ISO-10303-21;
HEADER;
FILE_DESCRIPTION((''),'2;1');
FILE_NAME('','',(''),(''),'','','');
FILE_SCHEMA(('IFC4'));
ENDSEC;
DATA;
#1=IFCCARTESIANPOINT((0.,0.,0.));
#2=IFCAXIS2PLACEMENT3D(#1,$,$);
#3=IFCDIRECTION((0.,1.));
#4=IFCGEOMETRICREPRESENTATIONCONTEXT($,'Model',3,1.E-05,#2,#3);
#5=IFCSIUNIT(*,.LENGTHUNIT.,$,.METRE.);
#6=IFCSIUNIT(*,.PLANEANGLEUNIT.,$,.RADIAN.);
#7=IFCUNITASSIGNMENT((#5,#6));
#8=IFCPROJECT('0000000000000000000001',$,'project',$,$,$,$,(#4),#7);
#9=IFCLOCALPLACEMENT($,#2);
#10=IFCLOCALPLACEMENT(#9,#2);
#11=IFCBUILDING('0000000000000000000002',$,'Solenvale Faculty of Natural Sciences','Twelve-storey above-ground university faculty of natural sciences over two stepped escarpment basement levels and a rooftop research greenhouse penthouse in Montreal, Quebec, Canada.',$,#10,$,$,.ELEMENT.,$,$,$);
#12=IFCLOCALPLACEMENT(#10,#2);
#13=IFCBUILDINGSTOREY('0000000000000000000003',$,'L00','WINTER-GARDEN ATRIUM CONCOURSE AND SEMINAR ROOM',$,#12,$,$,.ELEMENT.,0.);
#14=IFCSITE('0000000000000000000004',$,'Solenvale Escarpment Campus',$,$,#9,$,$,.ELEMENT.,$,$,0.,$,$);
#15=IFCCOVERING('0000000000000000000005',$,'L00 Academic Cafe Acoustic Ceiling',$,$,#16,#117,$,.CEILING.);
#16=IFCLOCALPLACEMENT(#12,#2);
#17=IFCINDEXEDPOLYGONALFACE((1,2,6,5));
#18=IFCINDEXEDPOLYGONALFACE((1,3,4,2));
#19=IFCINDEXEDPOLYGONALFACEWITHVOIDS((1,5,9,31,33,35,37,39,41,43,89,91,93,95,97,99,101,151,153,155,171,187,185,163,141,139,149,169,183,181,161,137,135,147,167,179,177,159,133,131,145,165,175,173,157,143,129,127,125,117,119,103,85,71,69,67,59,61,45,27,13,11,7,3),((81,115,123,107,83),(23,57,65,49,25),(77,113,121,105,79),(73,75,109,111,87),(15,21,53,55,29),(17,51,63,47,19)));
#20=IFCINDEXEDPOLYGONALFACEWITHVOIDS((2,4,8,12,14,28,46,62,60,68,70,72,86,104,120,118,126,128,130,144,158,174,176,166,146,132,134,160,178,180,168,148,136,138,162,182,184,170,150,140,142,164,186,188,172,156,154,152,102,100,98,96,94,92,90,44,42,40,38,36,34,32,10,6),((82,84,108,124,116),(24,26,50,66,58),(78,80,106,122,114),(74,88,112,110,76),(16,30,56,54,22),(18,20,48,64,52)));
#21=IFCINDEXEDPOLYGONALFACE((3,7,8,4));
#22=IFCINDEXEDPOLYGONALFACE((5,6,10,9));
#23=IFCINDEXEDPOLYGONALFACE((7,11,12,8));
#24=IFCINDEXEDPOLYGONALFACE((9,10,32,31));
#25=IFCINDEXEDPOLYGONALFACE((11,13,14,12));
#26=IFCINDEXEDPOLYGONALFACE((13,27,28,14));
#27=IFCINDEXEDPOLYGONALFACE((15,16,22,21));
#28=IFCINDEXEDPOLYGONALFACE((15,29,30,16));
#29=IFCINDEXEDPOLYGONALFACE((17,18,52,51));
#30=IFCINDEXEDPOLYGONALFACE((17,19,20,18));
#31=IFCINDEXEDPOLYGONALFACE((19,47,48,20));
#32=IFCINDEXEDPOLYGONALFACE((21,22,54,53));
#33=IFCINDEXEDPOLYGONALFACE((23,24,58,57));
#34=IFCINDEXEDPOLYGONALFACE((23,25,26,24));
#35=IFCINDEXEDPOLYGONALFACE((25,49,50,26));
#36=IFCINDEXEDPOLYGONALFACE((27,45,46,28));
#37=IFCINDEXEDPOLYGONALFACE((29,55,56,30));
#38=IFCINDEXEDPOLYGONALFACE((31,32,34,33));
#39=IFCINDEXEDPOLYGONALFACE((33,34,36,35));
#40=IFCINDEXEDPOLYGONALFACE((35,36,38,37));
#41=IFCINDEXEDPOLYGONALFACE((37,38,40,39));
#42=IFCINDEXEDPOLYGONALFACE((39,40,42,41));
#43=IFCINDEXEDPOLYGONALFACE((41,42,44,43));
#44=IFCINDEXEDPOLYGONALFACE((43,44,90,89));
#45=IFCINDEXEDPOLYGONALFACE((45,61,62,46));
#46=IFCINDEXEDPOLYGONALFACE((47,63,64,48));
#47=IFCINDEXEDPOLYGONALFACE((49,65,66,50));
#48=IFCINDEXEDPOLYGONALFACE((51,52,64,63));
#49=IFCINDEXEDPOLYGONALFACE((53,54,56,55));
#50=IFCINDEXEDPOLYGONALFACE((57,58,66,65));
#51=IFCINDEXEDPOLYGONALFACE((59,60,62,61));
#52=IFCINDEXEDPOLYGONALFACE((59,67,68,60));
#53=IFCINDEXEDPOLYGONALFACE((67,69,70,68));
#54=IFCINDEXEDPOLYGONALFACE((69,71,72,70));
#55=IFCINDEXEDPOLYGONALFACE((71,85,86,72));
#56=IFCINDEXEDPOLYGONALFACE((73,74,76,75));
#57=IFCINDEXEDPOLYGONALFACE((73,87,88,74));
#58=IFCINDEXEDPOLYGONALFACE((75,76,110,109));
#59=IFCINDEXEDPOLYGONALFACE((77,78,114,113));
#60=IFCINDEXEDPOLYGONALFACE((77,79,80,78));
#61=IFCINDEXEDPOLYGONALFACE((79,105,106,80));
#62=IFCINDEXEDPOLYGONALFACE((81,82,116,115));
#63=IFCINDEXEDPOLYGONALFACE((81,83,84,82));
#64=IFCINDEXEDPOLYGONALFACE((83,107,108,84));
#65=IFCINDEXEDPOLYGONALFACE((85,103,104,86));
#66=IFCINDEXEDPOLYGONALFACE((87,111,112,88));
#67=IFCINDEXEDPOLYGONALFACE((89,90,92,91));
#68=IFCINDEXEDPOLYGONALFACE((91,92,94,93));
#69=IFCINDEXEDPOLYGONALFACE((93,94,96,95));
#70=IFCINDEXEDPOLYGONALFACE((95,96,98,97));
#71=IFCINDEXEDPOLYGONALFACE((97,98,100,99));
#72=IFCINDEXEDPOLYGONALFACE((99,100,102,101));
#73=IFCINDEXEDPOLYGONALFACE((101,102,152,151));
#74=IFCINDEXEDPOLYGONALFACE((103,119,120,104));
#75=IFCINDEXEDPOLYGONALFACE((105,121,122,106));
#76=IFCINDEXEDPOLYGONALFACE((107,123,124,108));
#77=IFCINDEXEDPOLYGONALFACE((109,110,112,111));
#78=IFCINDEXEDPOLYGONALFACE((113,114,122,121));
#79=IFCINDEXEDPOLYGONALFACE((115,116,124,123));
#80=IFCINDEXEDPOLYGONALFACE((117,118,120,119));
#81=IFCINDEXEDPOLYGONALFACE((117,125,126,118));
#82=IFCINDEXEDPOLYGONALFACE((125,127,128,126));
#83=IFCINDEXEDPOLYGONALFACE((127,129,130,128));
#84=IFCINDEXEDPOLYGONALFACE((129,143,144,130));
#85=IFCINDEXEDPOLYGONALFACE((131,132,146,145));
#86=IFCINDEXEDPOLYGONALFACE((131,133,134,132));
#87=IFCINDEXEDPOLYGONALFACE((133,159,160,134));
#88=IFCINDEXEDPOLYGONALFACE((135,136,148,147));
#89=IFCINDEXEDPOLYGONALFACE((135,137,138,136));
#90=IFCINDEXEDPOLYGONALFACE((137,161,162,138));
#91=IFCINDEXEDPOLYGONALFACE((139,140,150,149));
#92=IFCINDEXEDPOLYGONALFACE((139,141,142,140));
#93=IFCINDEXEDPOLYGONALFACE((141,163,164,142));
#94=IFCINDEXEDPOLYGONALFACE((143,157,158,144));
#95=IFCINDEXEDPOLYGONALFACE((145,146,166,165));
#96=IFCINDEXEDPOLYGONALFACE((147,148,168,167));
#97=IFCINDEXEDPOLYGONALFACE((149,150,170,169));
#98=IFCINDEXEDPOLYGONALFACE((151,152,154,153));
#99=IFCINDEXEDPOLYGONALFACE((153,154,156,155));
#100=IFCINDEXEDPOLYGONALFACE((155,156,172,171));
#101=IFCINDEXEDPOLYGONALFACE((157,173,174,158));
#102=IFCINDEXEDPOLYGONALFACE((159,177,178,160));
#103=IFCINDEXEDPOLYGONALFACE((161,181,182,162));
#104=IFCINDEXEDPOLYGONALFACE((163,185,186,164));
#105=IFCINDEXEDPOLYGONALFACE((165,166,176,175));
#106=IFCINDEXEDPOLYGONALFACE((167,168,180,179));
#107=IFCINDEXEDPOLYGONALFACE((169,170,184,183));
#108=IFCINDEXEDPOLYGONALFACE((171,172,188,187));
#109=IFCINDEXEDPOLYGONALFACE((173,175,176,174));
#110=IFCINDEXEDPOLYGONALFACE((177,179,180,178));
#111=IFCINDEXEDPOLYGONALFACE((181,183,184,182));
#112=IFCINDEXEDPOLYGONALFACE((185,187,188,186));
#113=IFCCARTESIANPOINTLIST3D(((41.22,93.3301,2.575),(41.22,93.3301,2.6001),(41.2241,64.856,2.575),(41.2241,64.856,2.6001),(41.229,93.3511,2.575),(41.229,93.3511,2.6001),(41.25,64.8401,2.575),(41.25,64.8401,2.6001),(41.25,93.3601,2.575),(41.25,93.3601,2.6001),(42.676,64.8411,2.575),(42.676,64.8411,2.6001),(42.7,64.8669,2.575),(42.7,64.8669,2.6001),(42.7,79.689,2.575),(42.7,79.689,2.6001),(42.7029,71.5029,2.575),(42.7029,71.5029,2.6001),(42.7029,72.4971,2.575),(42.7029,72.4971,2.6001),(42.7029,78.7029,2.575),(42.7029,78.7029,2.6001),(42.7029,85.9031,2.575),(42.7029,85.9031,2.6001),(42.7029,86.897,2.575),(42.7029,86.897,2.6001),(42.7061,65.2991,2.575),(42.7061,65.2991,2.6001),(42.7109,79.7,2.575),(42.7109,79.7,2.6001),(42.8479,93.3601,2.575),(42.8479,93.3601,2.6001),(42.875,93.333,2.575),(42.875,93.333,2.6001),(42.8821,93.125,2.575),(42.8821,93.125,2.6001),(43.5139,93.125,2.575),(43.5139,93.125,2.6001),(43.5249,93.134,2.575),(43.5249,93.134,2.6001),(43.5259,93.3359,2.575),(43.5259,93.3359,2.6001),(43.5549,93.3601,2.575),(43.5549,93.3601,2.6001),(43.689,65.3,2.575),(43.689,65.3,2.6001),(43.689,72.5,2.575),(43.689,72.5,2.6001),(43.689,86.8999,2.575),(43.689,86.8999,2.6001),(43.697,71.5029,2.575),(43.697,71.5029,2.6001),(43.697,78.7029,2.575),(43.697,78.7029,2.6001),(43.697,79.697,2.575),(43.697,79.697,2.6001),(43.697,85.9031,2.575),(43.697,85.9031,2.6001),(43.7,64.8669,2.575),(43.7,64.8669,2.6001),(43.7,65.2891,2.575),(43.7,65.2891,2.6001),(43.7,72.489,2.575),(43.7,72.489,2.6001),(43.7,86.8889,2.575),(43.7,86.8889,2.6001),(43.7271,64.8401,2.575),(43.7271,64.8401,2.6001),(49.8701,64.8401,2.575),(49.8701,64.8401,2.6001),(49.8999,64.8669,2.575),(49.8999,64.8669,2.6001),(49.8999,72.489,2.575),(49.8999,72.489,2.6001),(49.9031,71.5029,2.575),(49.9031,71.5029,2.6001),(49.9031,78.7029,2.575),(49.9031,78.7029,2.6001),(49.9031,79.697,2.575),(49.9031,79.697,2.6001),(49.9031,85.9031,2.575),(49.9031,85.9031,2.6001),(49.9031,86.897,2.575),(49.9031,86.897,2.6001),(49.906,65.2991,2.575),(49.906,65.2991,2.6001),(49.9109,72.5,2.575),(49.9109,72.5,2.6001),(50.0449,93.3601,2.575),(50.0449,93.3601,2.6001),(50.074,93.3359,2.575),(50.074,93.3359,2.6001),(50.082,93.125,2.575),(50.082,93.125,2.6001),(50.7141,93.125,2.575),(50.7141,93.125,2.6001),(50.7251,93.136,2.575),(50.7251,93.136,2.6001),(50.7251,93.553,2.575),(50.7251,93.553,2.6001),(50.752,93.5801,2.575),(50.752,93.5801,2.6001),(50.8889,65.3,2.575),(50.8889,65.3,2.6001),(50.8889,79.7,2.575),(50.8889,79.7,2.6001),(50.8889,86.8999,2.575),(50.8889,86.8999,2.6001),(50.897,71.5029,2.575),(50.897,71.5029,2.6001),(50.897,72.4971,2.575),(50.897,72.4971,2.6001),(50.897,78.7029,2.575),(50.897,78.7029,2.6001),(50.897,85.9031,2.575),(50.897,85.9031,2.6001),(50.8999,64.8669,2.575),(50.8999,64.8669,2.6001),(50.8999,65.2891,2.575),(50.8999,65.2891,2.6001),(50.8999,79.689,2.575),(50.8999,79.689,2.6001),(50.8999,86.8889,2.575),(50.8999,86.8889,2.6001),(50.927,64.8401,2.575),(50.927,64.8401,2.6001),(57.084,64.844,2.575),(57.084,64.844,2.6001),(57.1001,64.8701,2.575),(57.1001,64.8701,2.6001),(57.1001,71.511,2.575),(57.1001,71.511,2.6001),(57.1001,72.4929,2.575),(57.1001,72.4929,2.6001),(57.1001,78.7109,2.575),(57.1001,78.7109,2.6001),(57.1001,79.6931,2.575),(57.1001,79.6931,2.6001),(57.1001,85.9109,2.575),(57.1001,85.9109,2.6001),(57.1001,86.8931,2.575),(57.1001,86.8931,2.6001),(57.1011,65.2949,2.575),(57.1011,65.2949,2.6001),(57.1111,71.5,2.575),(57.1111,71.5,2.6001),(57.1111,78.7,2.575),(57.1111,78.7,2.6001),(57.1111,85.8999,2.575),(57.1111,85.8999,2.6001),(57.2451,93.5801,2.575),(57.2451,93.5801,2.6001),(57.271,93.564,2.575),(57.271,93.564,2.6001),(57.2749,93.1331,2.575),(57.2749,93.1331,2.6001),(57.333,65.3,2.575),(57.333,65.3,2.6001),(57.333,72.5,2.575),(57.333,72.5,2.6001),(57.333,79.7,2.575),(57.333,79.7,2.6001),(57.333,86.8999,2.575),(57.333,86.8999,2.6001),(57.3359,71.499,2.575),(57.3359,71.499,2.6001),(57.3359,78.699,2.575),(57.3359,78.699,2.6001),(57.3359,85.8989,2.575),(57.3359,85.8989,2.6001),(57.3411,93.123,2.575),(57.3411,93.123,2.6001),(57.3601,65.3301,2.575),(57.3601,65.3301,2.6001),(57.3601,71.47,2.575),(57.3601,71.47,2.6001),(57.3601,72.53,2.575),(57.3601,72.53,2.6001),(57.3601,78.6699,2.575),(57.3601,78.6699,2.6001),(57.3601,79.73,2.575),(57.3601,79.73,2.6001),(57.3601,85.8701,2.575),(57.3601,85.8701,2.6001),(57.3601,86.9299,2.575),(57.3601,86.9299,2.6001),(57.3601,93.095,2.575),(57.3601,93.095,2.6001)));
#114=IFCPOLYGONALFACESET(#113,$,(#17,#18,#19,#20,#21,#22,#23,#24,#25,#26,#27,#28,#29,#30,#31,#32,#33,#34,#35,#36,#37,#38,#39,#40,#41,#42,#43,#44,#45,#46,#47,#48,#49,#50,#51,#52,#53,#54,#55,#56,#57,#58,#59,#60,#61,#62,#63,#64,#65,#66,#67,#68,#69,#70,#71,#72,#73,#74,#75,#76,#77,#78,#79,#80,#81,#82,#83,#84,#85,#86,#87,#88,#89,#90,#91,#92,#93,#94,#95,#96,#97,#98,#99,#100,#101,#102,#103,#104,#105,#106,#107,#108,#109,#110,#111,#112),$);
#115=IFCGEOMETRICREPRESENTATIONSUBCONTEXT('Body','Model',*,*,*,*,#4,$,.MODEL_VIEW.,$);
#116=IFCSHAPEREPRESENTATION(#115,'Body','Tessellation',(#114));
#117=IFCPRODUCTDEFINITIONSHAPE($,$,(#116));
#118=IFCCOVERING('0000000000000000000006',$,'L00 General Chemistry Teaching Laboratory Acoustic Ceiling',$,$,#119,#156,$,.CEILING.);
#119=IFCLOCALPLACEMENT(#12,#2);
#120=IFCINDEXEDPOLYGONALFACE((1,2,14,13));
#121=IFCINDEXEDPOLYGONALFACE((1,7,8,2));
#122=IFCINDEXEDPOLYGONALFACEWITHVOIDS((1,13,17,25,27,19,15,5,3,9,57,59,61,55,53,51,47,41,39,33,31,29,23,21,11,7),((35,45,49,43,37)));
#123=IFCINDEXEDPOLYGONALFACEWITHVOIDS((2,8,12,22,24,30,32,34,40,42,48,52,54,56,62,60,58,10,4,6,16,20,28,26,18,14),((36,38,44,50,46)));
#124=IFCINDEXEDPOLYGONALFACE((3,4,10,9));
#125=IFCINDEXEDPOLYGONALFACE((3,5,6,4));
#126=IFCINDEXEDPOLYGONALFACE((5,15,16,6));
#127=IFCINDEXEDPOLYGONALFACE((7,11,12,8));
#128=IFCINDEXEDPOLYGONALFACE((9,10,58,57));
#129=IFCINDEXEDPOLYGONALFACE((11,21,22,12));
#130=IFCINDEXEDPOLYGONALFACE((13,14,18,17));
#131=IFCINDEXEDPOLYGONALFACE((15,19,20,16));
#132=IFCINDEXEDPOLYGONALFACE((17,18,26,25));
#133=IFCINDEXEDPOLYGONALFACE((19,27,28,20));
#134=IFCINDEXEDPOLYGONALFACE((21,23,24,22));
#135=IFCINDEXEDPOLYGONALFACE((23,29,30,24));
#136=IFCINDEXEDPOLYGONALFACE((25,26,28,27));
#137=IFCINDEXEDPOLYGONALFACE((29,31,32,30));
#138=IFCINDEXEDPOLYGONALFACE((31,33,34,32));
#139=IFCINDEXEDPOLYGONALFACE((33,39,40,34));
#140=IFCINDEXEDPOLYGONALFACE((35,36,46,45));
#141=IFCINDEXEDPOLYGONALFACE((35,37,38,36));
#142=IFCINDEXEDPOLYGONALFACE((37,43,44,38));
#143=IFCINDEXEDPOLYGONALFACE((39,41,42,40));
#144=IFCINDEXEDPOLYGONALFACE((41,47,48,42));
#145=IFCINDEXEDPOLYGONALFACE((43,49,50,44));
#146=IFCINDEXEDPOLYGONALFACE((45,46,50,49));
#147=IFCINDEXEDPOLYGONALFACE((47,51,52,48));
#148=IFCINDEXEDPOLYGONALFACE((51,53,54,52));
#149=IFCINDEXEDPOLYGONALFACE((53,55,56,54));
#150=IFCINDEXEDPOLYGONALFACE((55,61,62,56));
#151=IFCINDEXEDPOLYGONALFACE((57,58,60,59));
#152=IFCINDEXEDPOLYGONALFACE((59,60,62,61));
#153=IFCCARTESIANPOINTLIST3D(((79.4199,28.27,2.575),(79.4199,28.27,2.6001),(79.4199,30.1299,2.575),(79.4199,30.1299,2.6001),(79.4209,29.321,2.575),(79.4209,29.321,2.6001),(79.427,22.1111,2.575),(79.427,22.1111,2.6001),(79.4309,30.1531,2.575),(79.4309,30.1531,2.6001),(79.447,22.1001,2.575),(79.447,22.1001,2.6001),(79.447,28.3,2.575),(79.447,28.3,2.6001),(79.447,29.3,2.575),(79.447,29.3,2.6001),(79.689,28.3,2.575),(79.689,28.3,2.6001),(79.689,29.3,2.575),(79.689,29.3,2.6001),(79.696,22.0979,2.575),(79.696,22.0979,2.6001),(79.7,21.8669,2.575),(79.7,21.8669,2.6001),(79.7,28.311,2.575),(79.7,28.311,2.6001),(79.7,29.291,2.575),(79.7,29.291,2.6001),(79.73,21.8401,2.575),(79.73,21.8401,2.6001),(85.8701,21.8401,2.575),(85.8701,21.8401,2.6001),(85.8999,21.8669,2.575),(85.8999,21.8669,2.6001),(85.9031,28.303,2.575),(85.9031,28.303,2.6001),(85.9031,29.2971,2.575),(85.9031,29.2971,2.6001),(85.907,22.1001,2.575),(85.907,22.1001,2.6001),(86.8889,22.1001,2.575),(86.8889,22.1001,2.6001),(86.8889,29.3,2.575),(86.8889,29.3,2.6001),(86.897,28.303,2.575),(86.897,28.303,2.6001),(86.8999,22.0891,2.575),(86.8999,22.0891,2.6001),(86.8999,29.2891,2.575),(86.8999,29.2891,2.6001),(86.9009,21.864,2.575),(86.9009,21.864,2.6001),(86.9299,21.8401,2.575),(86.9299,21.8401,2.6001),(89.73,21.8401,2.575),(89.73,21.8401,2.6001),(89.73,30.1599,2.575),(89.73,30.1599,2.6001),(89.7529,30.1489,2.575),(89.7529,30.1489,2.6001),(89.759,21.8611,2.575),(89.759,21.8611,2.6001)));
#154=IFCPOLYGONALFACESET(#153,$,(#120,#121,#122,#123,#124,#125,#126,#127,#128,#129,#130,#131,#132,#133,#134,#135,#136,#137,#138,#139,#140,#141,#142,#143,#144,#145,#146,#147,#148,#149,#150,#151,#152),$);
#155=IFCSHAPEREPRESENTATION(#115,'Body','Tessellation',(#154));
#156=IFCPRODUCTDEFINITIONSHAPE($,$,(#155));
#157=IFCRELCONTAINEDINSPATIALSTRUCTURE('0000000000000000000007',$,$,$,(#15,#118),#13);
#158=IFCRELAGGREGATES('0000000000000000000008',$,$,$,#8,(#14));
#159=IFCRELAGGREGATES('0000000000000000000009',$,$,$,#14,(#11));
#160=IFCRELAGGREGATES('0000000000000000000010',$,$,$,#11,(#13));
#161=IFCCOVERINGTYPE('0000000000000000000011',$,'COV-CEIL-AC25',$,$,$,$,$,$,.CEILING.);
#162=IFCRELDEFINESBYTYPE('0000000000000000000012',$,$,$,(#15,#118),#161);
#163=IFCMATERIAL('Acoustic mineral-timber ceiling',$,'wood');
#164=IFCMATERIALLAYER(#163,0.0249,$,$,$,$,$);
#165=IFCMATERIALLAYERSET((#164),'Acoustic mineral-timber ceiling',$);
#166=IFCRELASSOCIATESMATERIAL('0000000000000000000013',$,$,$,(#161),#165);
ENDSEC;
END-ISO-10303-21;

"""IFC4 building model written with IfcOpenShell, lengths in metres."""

from ifc_helpers import new_model, si_unit, direction, frame, origin, place, context, subcontext, project, spatial, polyline, outline, extrude, material, layer, layer_set, type_object, element, save


model = new_model("IFC4")

# Units and contexts
model_context = context("Model", 3, precision=1e-05, world=origin(), true_north=direction((0.0, 1.0)))
body_context = subcontext(model_context, "Body", "Model", "MODEL_VIEW")
ifc_project = project(units=[si_unit("LENGTHUNIT", "METRE"), si_unit("PLANEANGLEUNIT", "RADIAN")], contexts=[model_context])

# Site, building, storey
site_placement = place(None, origin())
site = spatial("IfcSite", under=ifc_project, at=site_placement, Name="Solenvale Escarpment Campus", CompositionType="ELEMENT", RefElevation=0.0)
building_placement = place(site_placement, origin())
building = spatial("IfcBuilding", under=site, at=building_placement, Name="Solenvale Faculty of Natural Sciences", Description="Twelve-storey above-ground university faculty of natural sciences over two stepped escarpment basement levels and a rooftop research greenhouse penthouse in Montreal, Quebec, Canada.", CompositionType="ELEMENT")
storey_placement = place(building_placement, origin())
storey = spatial("IfcBuildingStorey", under=building, at=storey_placement, Name="L00", Description="WINTER-GARDEN ATRIUM CONCOURSE AND SEMINAR ROOM", CompositionType="ELEMENT", Elevation=0.0)

# Coverings
ifc_material_1 = material(Name="Acoustic mineral-timber ceiling", Category="wood")
ifc_layer_1 = layer(ifc_material_1, 0.0249)
ifc_layer_set_1 = layer_set([ifc_layer_1], Name="Acoustic mineral-timber ceiling")
covering_type_1 = type_object("IfcCoveringType", Name="COV-CEIL-AC25", PredefinedType="CEILING", material=ifc_layer_set_1)
covering_1_placement = place(storey_placement, frame((0.0, 0.0, 2.575)))
element("IfcCovering", 1, at=covering_1_placement, inside=storey, type_object=covering_type_1, Name="L00 Academic Cafe Acoustic Ceiling", PredefinedType="CEILING", context=body_context, shape_type="SweptSolid", body=[
    extrude(outline(polyline([(41.22, 93.3301), (41.229, 93.3511), (41.25, 93.3601), (42.8479, 93.3601), (42.875, 93.333), (42.8821, 93.125), (43.5139, 93.125), (43.5249, 93.134), (43.5259, 93.3359), (43.5549, 93.3601), (50.0449, 93.3601), (50.074, 93.3359), (50.082, 93.125), (50.7141, 93.125), (50.7251, 93.136), (50.7251, 93.553), (50.752, 93.5801), (57.2451, 93.5801), (57.271, 93.564), (57.2749, 93.1331), (57.3411, 93.123), (57.3601, 93.095), (57.3601, 86.9299), (57.333, 86.8999), (57.1001, 86.8931), (57.1001, 85.9109), (57.1111, 85.8999), (57.3359, 85.8989), (57.3601, 85.8701), (57.3601, 79.73), (57.333, 79.7), (57.1001, 79.6931), (57.1001, 78.7109), (57.1111, 78.7), (57.3359, 78.699), (57.3601, 78.6699), (57.3601, 72.53), (57.333, 72.5), (57.1001, 72.4929), (57.1001, 71.511), (57.1111, 71.5), (57.3359, 71.499), (57.3601, 71.47), (57.3601, 65.3301), (57.333, 65.3), (57.1011, 65.2949), (57.1001, 64.8701), (57.084, 64.844), (50.927, 64.8401), (50.8999, 64.8669), (50.8999, 65.2891), (50.8889, 65.3), (49.906, 65.2991), (49.8999, 64.8669), (49.8701, 64.8401), (43.7271, 64.8401), (43.7, 64.8669), (43.7, 65.2891), (43.689, 65.3), (42.7061, 65.2991), (42.7, 64.8669), (42.676, 64.8411), (41.25, 64.8401), (41.2241, 64.856), (41.22, 93.3301)]), holes=[polyline([(49.9109, 72.5), (49.8999, 72.489), (49.9031, 71.5029), (50.897, 71.5029), (50.897, 72.4971), (49.9109, 72.5)]), polyline([(50.8999, 79.689), (50.8889, 79.7), (49.9031, 79.697), (49.9031, 78.7029), (50.897, 78.7029), (50.8999, 79.689)]), polyline([(50.8999, 86.8889), (50.8889, 86.8999), (49.9031, 86.897), (49.9031, 85.9031), (50.897, 85.9031), (50.8999, 86.8889)]), polyline([(42.7109, 79.7), (42.7, 79.689), (42.7029, 78.7029), (43.697, 78.7029), (43.697, 79.697), (42.7109, 79.7)]), polyline([(43.7, 72.489), (43.689, 72.5), (42.7029, 72.4971), (42.7029, 71.5029), (43.697, 71.5029), (43.7, 72.489)]), polyline([(43.7, 86.8889), (43.689, 86.8999), (42.7029, 86.897), (42.7029, 85.9031), (43.697, 85.9031), (43.7, 86.8889)])]), origin(), (0.0, 0.0, 1.0), 0.0251),
])
covering_2_placement = place(storey_placement, frame((0.0, 0.0, 2.575)))
element("IfcCovering", 2, at=covering_2_placement, inside=storey, type_object=covering_type_1, Name="L00 General Chemistry Teaching Laboratory Acoustic Ceiling", PredefinedType="CEILING", context=body_context, shape_type="SweptSolid", body=[
    extrude(outline(polyline([(86.9299, 21.8401), (86.9009, 21.864), (86.8999, 22.0891), (86.8889, 22.1001), (85.907, 22.1001), (85.8999, 21.8669), (85.8701, 21.8401), (79.73, 21.8401), (79.7, 21.8669), (79.696, 22.0979), (79.447, 22.1001), (79.427, 22.1111), (79.4199, 28.27), (79.447, 28.3), (79.689, 28.3), (79.7, 28.311), (79.7, 29.291), (79.689, 29.3), (79.447, 29.3), (79.4209, 29.321), (79.4199, 30.1299), (79.4309, 30.1531), (89.73, 30.1599), (89.7529, 30.1489), (89.759, 21.8611), (89.73, 21.8401), (86.9299, 21.8401)]), holes=[polyline([(86.8999, 29.2891), (86.8889, 29.3), (85.9031, 29.2971), (85.9031, 28.303), (86.897, 28.303), (86.8999, 29.2891)])]), origin(), (0.0, 0.0, 1.0), 0.0251),
])

save(model, "model.ifc")
